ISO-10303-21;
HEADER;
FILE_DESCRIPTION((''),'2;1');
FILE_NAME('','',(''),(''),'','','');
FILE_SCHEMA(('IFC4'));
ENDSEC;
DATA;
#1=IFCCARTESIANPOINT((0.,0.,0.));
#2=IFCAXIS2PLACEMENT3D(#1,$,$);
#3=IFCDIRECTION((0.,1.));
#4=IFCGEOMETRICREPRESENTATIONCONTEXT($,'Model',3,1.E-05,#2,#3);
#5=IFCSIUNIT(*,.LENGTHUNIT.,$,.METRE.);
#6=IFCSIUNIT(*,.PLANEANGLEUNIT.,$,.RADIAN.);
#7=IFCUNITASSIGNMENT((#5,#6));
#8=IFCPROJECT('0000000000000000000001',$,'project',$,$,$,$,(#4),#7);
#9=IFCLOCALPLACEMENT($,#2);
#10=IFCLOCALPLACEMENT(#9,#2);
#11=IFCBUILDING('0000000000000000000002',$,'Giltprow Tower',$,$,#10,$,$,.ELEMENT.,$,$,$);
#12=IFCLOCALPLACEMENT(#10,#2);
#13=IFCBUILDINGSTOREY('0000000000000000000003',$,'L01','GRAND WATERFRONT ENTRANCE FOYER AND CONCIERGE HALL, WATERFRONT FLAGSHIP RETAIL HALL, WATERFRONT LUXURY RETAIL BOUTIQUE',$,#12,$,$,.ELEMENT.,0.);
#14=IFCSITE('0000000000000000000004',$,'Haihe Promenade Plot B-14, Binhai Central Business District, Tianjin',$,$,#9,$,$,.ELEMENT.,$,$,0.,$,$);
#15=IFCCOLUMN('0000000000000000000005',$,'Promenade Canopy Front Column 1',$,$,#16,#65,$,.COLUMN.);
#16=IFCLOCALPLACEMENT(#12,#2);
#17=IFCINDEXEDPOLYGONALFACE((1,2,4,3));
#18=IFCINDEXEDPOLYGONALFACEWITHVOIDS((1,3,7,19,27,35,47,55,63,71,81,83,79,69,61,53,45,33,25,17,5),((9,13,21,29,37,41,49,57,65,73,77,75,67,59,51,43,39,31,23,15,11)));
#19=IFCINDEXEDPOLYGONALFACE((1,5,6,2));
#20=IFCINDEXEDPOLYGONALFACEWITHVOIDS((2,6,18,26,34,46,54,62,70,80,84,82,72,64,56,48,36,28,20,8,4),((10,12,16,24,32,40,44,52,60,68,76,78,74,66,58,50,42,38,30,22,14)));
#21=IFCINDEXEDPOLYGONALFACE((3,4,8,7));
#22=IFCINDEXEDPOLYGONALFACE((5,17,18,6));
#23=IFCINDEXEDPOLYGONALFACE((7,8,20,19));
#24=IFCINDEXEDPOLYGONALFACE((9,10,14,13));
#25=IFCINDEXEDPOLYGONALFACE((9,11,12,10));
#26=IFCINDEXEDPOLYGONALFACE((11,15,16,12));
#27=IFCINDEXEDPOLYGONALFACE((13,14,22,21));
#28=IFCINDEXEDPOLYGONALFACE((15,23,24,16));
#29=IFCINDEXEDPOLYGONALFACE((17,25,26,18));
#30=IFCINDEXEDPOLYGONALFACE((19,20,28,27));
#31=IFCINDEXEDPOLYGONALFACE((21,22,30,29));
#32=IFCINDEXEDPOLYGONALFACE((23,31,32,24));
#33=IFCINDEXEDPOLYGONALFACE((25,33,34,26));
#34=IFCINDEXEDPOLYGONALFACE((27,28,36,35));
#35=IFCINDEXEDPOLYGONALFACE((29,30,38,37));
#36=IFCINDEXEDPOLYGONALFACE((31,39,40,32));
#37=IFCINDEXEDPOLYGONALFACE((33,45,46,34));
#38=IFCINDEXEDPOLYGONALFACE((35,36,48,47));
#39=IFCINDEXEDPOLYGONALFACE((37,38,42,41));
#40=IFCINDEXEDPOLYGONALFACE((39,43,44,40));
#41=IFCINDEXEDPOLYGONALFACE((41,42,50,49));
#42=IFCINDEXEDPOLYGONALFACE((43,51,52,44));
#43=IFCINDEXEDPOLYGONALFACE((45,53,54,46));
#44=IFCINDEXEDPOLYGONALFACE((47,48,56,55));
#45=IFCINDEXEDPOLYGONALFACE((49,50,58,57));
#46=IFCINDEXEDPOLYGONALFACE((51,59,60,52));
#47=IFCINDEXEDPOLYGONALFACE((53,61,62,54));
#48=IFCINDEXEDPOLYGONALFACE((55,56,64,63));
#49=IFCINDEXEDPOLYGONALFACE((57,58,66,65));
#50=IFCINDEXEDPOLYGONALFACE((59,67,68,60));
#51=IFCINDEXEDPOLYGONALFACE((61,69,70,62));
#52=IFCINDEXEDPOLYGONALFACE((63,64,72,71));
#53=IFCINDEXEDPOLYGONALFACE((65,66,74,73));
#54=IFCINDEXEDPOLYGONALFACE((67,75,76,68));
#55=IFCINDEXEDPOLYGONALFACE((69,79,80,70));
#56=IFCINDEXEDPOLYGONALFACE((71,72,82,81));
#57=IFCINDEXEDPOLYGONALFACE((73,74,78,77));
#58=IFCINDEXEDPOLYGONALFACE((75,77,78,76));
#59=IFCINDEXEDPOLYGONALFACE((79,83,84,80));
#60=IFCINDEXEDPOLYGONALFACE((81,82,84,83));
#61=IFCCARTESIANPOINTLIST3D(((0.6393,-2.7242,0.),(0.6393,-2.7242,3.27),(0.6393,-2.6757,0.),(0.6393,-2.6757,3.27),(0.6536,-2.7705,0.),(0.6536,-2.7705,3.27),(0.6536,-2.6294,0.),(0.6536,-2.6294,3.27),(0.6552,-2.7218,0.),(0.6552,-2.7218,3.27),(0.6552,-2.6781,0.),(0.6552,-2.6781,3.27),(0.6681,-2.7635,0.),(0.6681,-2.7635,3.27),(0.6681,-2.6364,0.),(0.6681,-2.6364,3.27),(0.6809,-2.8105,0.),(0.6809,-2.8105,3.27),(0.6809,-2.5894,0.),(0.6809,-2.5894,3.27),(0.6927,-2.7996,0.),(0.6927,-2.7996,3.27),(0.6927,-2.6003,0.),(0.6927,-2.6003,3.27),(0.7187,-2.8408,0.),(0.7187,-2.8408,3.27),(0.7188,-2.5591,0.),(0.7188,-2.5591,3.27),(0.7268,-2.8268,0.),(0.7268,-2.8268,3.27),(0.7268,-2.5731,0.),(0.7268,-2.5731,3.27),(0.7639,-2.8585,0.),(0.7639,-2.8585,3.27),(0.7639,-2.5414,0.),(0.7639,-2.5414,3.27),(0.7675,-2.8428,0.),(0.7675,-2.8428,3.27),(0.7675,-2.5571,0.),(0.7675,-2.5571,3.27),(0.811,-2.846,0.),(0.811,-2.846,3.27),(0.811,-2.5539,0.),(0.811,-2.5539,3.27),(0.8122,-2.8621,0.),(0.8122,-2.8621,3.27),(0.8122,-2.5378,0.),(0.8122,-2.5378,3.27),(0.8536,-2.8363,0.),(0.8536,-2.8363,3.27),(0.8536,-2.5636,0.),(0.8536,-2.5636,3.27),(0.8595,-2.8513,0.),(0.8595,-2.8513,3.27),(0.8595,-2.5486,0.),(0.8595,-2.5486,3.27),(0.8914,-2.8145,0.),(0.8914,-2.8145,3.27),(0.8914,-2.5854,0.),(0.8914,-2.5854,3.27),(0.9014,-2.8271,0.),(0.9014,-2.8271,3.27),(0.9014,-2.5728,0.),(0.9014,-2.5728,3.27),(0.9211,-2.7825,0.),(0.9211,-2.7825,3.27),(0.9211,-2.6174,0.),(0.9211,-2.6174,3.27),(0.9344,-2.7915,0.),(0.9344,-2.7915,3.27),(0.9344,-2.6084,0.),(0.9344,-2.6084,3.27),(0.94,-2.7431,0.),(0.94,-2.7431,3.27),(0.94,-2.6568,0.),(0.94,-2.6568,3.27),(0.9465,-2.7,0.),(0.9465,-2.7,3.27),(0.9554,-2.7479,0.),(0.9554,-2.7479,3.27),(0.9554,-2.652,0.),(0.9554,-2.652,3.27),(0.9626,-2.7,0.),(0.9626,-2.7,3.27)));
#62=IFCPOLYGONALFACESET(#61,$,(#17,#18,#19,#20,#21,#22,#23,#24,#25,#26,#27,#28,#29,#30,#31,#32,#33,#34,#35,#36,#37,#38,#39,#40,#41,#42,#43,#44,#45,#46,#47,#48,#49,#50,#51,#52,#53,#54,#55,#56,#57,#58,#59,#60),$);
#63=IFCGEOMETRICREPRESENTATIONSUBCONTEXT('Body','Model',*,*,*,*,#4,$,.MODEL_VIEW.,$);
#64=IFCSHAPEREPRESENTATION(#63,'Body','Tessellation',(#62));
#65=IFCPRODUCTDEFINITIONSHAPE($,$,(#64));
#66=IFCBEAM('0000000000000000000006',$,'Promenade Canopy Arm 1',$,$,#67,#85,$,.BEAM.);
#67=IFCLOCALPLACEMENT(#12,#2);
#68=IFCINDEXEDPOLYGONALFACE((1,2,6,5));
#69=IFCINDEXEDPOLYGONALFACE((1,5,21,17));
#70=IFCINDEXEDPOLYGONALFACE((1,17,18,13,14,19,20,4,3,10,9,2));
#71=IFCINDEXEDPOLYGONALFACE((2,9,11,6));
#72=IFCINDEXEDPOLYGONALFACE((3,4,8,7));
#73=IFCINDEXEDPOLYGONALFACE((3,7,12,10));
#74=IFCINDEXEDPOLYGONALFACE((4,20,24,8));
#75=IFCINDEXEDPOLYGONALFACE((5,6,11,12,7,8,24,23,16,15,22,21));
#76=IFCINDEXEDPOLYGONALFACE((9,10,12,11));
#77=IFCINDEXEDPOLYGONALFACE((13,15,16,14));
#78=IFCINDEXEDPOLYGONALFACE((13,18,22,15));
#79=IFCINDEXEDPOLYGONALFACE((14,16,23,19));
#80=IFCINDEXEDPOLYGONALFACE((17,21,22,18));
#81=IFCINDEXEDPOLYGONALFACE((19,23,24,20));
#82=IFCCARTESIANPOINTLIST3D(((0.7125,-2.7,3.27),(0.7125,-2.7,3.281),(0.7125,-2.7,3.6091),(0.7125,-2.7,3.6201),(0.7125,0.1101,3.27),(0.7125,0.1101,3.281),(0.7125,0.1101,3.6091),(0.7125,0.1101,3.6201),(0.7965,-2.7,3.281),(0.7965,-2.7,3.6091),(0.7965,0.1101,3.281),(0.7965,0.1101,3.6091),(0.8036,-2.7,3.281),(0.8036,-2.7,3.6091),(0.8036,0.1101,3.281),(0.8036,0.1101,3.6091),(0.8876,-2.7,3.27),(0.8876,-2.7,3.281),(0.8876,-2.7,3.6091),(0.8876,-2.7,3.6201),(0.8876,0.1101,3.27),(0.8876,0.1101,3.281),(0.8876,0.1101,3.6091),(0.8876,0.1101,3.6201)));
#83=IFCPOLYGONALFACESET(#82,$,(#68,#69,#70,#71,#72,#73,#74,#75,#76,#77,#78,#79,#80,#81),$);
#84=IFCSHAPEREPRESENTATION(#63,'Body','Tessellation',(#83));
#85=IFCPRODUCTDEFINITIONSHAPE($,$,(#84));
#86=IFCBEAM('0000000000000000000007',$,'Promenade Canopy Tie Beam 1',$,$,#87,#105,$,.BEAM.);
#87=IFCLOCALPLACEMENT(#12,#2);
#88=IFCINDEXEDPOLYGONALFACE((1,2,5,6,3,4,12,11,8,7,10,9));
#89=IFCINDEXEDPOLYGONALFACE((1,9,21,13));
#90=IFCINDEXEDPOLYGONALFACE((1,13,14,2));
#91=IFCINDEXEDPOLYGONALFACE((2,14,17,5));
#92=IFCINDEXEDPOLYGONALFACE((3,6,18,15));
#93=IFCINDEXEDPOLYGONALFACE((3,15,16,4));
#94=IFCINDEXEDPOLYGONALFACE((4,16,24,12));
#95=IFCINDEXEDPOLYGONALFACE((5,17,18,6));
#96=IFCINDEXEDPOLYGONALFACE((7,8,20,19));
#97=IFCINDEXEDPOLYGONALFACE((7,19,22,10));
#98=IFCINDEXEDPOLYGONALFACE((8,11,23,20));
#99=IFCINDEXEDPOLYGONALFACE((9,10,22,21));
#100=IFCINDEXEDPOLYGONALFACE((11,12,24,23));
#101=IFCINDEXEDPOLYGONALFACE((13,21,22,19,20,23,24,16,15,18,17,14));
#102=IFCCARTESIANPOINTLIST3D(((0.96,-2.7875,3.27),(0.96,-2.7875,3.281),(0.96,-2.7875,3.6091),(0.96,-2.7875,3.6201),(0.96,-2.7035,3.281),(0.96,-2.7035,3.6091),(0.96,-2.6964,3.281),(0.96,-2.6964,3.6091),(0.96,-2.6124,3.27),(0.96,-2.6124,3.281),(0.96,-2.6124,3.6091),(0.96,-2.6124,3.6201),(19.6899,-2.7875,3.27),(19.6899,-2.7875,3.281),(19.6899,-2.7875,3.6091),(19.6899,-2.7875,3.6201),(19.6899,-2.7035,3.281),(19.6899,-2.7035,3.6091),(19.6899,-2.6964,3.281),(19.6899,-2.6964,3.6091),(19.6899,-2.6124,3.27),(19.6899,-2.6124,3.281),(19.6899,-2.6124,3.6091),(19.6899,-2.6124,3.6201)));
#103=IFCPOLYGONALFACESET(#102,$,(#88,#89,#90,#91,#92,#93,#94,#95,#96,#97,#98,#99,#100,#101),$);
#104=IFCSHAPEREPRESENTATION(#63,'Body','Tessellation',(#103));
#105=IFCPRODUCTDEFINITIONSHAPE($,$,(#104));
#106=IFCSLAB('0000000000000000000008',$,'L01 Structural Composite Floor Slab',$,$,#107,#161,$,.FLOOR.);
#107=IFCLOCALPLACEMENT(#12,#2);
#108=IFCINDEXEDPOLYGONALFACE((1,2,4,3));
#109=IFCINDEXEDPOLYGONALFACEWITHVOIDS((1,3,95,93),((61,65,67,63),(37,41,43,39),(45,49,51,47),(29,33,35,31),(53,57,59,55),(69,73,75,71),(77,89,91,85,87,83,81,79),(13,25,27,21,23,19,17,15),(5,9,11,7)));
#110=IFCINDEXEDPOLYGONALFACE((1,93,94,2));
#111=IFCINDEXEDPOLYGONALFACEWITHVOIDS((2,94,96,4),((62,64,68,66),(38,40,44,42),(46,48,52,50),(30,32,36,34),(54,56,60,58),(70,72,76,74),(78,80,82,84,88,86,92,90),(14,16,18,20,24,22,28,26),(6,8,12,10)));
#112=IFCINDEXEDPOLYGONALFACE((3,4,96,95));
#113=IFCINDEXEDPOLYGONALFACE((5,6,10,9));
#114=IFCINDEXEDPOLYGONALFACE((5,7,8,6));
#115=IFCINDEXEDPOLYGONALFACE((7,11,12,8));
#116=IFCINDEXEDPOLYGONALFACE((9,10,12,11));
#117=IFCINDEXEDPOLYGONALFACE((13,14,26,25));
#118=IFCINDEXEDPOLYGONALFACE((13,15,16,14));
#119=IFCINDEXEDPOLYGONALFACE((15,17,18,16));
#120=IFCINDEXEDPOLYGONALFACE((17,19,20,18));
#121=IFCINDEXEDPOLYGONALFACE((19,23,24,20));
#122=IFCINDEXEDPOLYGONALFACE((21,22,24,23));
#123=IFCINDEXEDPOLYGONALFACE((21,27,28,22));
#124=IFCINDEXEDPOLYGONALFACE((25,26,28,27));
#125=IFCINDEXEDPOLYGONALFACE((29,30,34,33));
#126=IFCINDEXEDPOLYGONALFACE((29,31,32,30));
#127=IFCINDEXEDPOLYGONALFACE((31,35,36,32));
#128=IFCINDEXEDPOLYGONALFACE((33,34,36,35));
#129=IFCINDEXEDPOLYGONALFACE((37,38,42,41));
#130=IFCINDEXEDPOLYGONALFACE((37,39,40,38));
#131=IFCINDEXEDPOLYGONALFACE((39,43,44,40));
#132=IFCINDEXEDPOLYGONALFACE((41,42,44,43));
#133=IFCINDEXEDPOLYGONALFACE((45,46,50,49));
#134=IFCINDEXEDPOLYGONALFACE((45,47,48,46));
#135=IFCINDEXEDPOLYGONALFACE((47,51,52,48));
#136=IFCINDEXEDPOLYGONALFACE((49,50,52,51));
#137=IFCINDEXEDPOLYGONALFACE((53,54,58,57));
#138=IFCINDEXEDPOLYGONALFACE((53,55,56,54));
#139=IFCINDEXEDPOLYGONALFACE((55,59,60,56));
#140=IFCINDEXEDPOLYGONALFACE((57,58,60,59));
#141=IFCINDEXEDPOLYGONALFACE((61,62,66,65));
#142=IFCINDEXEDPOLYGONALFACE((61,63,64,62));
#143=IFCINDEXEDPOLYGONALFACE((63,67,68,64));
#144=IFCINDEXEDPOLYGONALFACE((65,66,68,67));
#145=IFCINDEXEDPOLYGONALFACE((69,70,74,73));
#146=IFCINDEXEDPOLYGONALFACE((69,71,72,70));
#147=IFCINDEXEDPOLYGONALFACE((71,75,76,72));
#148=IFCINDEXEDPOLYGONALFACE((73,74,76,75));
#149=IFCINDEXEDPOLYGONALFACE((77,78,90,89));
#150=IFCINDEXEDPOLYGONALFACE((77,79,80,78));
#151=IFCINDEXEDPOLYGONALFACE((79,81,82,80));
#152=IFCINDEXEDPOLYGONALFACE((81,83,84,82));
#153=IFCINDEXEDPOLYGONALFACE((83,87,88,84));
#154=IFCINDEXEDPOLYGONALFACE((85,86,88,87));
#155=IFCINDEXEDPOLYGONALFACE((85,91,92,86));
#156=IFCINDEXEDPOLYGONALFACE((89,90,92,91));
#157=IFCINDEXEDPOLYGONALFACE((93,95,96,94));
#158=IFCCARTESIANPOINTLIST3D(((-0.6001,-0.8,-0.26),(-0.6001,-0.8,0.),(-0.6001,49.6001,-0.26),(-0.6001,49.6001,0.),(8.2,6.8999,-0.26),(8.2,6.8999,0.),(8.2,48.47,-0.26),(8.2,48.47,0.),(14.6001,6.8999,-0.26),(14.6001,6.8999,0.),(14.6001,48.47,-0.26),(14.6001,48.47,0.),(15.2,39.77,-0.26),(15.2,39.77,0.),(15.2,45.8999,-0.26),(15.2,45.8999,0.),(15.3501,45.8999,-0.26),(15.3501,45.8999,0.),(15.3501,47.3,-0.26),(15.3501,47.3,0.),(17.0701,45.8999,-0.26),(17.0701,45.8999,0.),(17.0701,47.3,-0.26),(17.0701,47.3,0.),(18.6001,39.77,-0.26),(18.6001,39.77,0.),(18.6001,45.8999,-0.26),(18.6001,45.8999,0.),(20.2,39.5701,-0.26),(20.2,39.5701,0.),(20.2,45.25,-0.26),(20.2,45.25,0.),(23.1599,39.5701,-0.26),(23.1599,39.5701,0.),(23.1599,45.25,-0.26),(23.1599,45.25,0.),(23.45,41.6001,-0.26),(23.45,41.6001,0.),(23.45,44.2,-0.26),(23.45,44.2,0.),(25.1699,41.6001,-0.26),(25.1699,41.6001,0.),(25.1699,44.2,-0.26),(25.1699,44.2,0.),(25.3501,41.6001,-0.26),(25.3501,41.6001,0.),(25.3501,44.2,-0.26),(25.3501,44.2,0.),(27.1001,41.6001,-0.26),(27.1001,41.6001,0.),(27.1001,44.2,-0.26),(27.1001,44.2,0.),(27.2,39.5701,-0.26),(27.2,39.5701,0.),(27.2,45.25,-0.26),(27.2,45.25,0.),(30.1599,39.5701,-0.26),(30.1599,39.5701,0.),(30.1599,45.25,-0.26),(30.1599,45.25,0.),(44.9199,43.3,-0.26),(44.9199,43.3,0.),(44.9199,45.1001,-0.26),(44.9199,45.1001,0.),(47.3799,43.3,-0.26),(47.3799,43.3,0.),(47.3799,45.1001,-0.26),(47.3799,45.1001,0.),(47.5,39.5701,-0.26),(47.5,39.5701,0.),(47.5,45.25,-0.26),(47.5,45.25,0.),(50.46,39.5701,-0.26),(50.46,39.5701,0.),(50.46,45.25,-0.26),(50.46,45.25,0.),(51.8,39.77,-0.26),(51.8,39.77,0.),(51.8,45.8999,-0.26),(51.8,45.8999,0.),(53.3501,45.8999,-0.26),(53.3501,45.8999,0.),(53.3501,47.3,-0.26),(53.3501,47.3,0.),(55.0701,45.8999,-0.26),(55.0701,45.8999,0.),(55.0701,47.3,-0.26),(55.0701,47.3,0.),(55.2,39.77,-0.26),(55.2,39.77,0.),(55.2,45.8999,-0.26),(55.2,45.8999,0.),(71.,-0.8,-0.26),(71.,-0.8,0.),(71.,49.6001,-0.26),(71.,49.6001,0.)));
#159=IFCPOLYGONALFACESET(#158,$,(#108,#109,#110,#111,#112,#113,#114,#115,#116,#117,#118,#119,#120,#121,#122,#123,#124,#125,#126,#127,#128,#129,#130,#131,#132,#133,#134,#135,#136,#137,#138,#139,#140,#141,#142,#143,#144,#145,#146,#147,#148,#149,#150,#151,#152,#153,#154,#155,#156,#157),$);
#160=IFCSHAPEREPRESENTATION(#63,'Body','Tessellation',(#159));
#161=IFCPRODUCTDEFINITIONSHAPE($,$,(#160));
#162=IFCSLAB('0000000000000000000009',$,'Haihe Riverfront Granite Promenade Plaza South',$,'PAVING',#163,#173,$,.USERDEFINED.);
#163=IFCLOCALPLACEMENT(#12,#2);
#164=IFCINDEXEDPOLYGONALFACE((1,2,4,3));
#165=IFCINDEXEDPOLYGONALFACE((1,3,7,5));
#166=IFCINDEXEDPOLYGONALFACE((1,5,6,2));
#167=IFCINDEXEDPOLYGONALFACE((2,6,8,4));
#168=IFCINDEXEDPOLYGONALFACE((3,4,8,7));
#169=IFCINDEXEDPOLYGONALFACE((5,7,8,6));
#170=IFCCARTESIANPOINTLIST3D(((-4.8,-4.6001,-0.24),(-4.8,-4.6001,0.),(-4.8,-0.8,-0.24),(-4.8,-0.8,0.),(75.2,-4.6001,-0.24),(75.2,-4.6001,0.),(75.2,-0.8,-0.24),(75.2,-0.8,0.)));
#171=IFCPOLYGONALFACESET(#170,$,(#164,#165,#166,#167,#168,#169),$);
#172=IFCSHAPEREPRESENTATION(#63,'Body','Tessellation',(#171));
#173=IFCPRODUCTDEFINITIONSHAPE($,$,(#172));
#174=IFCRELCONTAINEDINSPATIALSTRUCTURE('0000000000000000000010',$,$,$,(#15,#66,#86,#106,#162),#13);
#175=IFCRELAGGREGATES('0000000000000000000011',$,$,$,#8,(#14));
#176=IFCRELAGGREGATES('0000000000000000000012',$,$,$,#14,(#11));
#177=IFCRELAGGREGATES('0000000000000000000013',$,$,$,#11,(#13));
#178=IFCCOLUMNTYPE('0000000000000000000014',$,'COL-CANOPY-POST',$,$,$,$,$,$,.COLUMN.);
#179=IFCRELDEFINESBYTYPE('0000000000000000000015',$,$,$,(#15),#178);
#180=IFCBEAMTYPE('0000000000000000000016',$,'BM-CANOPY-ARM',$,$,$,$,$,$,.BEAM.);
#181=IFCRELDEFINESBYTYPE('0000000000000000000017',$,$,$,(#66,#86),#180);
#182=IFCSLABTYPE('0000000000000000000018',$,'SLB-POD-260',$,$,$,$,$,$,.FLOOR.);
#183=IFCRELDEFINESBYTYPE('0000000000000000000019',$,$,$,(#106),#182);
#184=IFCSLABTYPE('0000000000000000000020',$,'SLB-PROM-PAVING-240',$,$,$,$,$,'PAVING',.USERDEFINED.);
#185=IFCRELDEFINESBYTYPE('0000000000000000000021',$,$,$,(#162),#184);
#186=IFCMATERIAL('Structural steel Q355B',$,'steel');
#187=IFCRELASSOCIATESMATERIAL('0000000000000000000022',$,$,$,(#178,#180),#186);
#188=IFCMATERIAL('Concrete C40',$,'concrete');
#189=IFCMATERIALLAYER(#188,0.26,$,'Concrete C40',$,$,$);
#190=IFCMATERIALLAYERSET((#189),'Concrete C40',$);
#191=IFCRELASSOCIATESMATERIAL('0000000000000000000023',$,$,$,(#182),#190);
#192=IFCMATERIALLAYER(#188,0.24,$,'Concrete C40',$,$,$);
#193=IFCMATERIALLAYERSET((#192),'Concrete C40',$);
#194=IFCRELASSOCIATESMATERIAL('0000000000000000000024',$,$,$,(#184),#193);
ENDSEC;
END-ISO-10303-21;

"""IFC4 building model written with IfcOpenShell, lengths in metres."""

from ifc_helpers import new_model, si_unit, direction, frame, origin, origin_2d, place, context, subcontext, project, spatial, polyline, hollow_circle, i_section, outline, extrude, source, transform, mapped, material, layer, layer_set, material_profile, profile_set, type_object, element, save


model = new_model("IFC4")

# Units and contexts
model_context = context("Model", 3, precision=1e-05, world=origin(), true_north=direction((0.0, 1.0)))
body_context = subcontext(model_context, "Body", "Model", "MODEL_VIEW")
ifc_project = project(units=[si_unit("LENGTHUNIT", "METRE"), si_unit("PLANEANGLEUNIT", "RADIAN")], contexts=[model_context])

# Site, building, storey
site_placement = place(None, origin())
site = spatial("IfcSite", under=ifc_project, at=site_placement, Name="Haihe Promenade Plot B-14, Binhai Central Business District, Tianjin", CompositionType="ELEMENT", RefElevation=0.0)
building_placement = place(site_placement, origin())
building = spatial("IfcBuilding", under=site, at=building_placement, Name="Giltprow Tower", CompositionType="ELEMENT")
storey_placement = place(building_placement, origin())
storey = spatial("IfcBuildingStorey", under=building, at=storey_placement, Name="L01", Description="GRAND WATERFRONT ENTRANCE FOYER AND CONCIERGE HALL, WATERFRONT FLAGSHIP RETAIL HALL, WATERFRONT LUXURY RETAIL BOUTIQUE", CompositionType="ELEMENT", Elevation=0.0)

# Column
ifc_material_1 = material(Name="Structural steel Q355B", Category="steel")
ifc_material_profile_1 = material_profile(ifc_material_1, hollow_circle(Radius=0.1626, WallThickness=0.0161, at=origin_2d()), Name="CHS 325x16")
ifc_profile_set_1 = profile_set([ifc_material_profile_1], Name="Structural steel Q355B")
column_type = type_object("IfcColumnType", Name="COL-CANOPY-POST", PredefinedType="COLUMN", material=ifc_profile_set_1)
shared_shape_1 = source(origin(), body_context, "Body", "SweptSolid", [
    extrude(hollow_circle(Radius=0.1626, WallThickness=0.0161, at=origin_2d()), origin(), (0.0, 0.0, 1.0), 3.27),
])
column_placement = place(storey_placement, frame((0.8, -2.7, 0.0), z_axis=(0.0, 0.0, 1.0), x_axis=(1.0, 0.0, 0.0)))
element("IfcColumn", 1, at=column_placement, inside=storey, type_object=column_type, Name="Promenade Canopy Front Column 1", PredefinedType="COLUMN", context=body_context, shape_type="MappedRepresentation", body=[
    mapped(shared_shape_1, transform((0.0, 0.0, 0.0), x_axis=(1.0, 0.0, 0.0), y_axis=(0.0, 1.0, 0.0), z_axis=(0.0, 0.0, 1.0), scale=1.0)),
])

# Beams
ifc_material_profile_2 = material_profile(ifc_material_1, i_section(OverallWidth=0.175, OverallDepth=0.3501, WebThickness=0.0071, FlangeThickness=0.011, at=origin_2d()), Name="HN 350x175x7x11")
ifc_profile_set_2 = profile_set([ifc_material_profile_2], Name="Structural steel Q355B")
beam_type = type_object("IfcBeamType", Name="BM-CANOPY-ARM", PredefinedType="BEAM", material=ifc_profile_set_2)
shared_shape_2 = source(origin(), body_context, "Body", "SweptSolid", [
    extrude(i_section(OverallWidth=0.175, OverallDepth=0.3501, WebThickness=0.0071, FlangeThickness=0.011, at=origin_2d()), origin(), (0.0, 0.0, 1.0), 2.8101),
])
beam_1_placement = place(storey_placement, frame((0.8, -2.7, 3.4451), z_axis=(0.0, 1.0, 0.0), x_axis=(-1.0, 0.0, 0.0)))
element("IfcBeam", 2, at=beam_1_placement, inside=storey, type_object=beam_type, Name="Promenade Canopy Arm 1", PredefinedType="BEAM", context=body_context, shape_type="MappedRepresentation", body=[
    mapped(shared_shape_2, transform((0.0, 0.0, 0.0), x_axis=(1.0, 0.0, 0.0), y_axis=(0.0, 1.0, 0.0), z_axis=(0.0, 0.0, 1.0), scale=1.0)),
])
shared_shape_3 = source(origin(), body_context, "Body", "SweptSolid", [
    extrude(i_section(OverallWidth=0.175, OverallDepth=0.3501, WebThickness=0.0071, FlangeThickness=0.011, at=origin_2d()), origin(), (0.0, 0.0, 1.0), 18.73),
])
beam_2_placement = place(storey_placement, frame((0.96, -2.7, 3.4451), z_axis=(1.0, 0.0, 0.0), x_axis=(0.0, 1.0, 0.0)))
element("IfcBeam", 3, at=beam_2_placement, inside=storey, type_object=beam_type, Name="Promenade Canopy Tie Beam 1", PredefinedType="BEAM", context=body_context, shape_type="MappedRepresentation", body=[
    mapped(shared_shape_3, transform((0.0, 0.0, 0.0), x_axis=(1.0, 0.0, 0.0), y_axis=(0.0, 1.0, 0.0), z_axis=(0.0, 0.0, 1.0), scale=1.0)),
])

# Slabs
ifc_material_2 = material(Name="Concrete C40", Category="concrete")
ifc_layer_1 = layer(ifc_material_2, 0.26, Name="Concrete C40")
ifc_layer_set_1 = layer_set([ifc_layer_1], Name="Concrete C40")
slab_type_1 = type_object("IfcSlabType", Name="SLB-POD-260", PredefinedType="FLOOR", material=ifc_layer_set_1)
slab_1_placement = place(storey_placement, frame((0.0, 0.0, -0.26)))
element("IfcSlab", 4, at=slab_1_placement, inside=storey, type_object=slab_type_1, Name="L01 Structural Composite Floor Slab", PredefinedType="FLOOR", context=body_context, shape_type="SweptSolid", body=[
    extrude(outline(polyline([(-0.6001, 49.6001), (71.0, 49.6001), (71.0, -0.8), (-0.6001, -0.8), (-0.6001, 49.6001)]), holes=[polyline([(14.6001, 48.47), (8.2, 48.47), (8.2, 6.8999), (14.6001, 6.8999), (14.6001, 48.47)]), polyline([(23.1599, 45.25), (20.2, 45.25), (20.2, 39.5701), (23.1599, 39.5701), (23.1599, 45.25)]), polyline([(18.6001, 45.8999), (17.0701, 45.8999), (17.0701, 47.3), (15.3501, 47.3), (15.3501, 45.8999), (15.2, 45.8999), (15.2, 39.77), (18.6001, 39.77), (18.6001, 45.8999)]), polyline([(25.1699, 41.6001), (25.1699, 44.2), (23.45, 44.2), (23.45, 41.6001), (25.1699, 41.6001)]), polyline([(27.1001, 41.6001), (27.1001, 44.2), (25.3501, 44.2), (25.3501, 41.6001), (27.1001, 41.6001)]), polyline([(30.1599, 39.5701), (30.1599, 45.25), (27.2, 45.25), (27.2, 39.5701), (30.1599, 39.5701)]), polyline([(50.46, 39.5701), (50.46, 45.25), (47.5, 45.25), (47.5, 39.5701), (50.46, 39.5701)]), polyline([(55.2, 39.77), (55.2, 45.8999), (55.0701, 45.8999), (55.0701, 47.3), (53.3501, 47.3), (53.3501, 45.8999), (51.8, 45.8999), (51.8, 39.77), (55.2, 39.77)]), polyline([(47.3799, 43.3), (47.3799, 45.1001), (44.9199, 45.1001), (44.9199, 43.3), (47.3799, 43.3)])]), origin(), (0.0, 0.0, 1.0), 0.26),
])
ifc_layer_2 = layer(ifc_material_2, 0.24, Name="Concrete C40")
ifc_layer_set_2 = layer_set([ifc_layer_2], Name="Concrete C40")
slab_type_2 = type_object("IfcSlabType", Name="SLB-PROM-PAVING-240", ElementType="PAVING", PredefinedType="USERDEFINED", material=ifc_layer_set_2)
slab_2_placement = place(storey_placement, frame((0.0, 0.0, -0.24)))
element("IfcSlab", 5, at=slab_2_placement, inside=storey, type_object=slab_type_2, Name="Haihe Riverfront Granite Promenade Plaza South", ObjectType="PAVING", PredefinedType="USERDEFINED", context=body_context, shape_type="SweptSolid", body=[
    extrude(outline(polyline([(-4.8, -4.6001), (75.2, -4.6001), (75.2, -0.8), (-4.8, -0.8), (-4.8, -4.6001)])), origin(), (0.0, 0.0, 1.0), 0.24),
])

save(model, "model.ifc")
